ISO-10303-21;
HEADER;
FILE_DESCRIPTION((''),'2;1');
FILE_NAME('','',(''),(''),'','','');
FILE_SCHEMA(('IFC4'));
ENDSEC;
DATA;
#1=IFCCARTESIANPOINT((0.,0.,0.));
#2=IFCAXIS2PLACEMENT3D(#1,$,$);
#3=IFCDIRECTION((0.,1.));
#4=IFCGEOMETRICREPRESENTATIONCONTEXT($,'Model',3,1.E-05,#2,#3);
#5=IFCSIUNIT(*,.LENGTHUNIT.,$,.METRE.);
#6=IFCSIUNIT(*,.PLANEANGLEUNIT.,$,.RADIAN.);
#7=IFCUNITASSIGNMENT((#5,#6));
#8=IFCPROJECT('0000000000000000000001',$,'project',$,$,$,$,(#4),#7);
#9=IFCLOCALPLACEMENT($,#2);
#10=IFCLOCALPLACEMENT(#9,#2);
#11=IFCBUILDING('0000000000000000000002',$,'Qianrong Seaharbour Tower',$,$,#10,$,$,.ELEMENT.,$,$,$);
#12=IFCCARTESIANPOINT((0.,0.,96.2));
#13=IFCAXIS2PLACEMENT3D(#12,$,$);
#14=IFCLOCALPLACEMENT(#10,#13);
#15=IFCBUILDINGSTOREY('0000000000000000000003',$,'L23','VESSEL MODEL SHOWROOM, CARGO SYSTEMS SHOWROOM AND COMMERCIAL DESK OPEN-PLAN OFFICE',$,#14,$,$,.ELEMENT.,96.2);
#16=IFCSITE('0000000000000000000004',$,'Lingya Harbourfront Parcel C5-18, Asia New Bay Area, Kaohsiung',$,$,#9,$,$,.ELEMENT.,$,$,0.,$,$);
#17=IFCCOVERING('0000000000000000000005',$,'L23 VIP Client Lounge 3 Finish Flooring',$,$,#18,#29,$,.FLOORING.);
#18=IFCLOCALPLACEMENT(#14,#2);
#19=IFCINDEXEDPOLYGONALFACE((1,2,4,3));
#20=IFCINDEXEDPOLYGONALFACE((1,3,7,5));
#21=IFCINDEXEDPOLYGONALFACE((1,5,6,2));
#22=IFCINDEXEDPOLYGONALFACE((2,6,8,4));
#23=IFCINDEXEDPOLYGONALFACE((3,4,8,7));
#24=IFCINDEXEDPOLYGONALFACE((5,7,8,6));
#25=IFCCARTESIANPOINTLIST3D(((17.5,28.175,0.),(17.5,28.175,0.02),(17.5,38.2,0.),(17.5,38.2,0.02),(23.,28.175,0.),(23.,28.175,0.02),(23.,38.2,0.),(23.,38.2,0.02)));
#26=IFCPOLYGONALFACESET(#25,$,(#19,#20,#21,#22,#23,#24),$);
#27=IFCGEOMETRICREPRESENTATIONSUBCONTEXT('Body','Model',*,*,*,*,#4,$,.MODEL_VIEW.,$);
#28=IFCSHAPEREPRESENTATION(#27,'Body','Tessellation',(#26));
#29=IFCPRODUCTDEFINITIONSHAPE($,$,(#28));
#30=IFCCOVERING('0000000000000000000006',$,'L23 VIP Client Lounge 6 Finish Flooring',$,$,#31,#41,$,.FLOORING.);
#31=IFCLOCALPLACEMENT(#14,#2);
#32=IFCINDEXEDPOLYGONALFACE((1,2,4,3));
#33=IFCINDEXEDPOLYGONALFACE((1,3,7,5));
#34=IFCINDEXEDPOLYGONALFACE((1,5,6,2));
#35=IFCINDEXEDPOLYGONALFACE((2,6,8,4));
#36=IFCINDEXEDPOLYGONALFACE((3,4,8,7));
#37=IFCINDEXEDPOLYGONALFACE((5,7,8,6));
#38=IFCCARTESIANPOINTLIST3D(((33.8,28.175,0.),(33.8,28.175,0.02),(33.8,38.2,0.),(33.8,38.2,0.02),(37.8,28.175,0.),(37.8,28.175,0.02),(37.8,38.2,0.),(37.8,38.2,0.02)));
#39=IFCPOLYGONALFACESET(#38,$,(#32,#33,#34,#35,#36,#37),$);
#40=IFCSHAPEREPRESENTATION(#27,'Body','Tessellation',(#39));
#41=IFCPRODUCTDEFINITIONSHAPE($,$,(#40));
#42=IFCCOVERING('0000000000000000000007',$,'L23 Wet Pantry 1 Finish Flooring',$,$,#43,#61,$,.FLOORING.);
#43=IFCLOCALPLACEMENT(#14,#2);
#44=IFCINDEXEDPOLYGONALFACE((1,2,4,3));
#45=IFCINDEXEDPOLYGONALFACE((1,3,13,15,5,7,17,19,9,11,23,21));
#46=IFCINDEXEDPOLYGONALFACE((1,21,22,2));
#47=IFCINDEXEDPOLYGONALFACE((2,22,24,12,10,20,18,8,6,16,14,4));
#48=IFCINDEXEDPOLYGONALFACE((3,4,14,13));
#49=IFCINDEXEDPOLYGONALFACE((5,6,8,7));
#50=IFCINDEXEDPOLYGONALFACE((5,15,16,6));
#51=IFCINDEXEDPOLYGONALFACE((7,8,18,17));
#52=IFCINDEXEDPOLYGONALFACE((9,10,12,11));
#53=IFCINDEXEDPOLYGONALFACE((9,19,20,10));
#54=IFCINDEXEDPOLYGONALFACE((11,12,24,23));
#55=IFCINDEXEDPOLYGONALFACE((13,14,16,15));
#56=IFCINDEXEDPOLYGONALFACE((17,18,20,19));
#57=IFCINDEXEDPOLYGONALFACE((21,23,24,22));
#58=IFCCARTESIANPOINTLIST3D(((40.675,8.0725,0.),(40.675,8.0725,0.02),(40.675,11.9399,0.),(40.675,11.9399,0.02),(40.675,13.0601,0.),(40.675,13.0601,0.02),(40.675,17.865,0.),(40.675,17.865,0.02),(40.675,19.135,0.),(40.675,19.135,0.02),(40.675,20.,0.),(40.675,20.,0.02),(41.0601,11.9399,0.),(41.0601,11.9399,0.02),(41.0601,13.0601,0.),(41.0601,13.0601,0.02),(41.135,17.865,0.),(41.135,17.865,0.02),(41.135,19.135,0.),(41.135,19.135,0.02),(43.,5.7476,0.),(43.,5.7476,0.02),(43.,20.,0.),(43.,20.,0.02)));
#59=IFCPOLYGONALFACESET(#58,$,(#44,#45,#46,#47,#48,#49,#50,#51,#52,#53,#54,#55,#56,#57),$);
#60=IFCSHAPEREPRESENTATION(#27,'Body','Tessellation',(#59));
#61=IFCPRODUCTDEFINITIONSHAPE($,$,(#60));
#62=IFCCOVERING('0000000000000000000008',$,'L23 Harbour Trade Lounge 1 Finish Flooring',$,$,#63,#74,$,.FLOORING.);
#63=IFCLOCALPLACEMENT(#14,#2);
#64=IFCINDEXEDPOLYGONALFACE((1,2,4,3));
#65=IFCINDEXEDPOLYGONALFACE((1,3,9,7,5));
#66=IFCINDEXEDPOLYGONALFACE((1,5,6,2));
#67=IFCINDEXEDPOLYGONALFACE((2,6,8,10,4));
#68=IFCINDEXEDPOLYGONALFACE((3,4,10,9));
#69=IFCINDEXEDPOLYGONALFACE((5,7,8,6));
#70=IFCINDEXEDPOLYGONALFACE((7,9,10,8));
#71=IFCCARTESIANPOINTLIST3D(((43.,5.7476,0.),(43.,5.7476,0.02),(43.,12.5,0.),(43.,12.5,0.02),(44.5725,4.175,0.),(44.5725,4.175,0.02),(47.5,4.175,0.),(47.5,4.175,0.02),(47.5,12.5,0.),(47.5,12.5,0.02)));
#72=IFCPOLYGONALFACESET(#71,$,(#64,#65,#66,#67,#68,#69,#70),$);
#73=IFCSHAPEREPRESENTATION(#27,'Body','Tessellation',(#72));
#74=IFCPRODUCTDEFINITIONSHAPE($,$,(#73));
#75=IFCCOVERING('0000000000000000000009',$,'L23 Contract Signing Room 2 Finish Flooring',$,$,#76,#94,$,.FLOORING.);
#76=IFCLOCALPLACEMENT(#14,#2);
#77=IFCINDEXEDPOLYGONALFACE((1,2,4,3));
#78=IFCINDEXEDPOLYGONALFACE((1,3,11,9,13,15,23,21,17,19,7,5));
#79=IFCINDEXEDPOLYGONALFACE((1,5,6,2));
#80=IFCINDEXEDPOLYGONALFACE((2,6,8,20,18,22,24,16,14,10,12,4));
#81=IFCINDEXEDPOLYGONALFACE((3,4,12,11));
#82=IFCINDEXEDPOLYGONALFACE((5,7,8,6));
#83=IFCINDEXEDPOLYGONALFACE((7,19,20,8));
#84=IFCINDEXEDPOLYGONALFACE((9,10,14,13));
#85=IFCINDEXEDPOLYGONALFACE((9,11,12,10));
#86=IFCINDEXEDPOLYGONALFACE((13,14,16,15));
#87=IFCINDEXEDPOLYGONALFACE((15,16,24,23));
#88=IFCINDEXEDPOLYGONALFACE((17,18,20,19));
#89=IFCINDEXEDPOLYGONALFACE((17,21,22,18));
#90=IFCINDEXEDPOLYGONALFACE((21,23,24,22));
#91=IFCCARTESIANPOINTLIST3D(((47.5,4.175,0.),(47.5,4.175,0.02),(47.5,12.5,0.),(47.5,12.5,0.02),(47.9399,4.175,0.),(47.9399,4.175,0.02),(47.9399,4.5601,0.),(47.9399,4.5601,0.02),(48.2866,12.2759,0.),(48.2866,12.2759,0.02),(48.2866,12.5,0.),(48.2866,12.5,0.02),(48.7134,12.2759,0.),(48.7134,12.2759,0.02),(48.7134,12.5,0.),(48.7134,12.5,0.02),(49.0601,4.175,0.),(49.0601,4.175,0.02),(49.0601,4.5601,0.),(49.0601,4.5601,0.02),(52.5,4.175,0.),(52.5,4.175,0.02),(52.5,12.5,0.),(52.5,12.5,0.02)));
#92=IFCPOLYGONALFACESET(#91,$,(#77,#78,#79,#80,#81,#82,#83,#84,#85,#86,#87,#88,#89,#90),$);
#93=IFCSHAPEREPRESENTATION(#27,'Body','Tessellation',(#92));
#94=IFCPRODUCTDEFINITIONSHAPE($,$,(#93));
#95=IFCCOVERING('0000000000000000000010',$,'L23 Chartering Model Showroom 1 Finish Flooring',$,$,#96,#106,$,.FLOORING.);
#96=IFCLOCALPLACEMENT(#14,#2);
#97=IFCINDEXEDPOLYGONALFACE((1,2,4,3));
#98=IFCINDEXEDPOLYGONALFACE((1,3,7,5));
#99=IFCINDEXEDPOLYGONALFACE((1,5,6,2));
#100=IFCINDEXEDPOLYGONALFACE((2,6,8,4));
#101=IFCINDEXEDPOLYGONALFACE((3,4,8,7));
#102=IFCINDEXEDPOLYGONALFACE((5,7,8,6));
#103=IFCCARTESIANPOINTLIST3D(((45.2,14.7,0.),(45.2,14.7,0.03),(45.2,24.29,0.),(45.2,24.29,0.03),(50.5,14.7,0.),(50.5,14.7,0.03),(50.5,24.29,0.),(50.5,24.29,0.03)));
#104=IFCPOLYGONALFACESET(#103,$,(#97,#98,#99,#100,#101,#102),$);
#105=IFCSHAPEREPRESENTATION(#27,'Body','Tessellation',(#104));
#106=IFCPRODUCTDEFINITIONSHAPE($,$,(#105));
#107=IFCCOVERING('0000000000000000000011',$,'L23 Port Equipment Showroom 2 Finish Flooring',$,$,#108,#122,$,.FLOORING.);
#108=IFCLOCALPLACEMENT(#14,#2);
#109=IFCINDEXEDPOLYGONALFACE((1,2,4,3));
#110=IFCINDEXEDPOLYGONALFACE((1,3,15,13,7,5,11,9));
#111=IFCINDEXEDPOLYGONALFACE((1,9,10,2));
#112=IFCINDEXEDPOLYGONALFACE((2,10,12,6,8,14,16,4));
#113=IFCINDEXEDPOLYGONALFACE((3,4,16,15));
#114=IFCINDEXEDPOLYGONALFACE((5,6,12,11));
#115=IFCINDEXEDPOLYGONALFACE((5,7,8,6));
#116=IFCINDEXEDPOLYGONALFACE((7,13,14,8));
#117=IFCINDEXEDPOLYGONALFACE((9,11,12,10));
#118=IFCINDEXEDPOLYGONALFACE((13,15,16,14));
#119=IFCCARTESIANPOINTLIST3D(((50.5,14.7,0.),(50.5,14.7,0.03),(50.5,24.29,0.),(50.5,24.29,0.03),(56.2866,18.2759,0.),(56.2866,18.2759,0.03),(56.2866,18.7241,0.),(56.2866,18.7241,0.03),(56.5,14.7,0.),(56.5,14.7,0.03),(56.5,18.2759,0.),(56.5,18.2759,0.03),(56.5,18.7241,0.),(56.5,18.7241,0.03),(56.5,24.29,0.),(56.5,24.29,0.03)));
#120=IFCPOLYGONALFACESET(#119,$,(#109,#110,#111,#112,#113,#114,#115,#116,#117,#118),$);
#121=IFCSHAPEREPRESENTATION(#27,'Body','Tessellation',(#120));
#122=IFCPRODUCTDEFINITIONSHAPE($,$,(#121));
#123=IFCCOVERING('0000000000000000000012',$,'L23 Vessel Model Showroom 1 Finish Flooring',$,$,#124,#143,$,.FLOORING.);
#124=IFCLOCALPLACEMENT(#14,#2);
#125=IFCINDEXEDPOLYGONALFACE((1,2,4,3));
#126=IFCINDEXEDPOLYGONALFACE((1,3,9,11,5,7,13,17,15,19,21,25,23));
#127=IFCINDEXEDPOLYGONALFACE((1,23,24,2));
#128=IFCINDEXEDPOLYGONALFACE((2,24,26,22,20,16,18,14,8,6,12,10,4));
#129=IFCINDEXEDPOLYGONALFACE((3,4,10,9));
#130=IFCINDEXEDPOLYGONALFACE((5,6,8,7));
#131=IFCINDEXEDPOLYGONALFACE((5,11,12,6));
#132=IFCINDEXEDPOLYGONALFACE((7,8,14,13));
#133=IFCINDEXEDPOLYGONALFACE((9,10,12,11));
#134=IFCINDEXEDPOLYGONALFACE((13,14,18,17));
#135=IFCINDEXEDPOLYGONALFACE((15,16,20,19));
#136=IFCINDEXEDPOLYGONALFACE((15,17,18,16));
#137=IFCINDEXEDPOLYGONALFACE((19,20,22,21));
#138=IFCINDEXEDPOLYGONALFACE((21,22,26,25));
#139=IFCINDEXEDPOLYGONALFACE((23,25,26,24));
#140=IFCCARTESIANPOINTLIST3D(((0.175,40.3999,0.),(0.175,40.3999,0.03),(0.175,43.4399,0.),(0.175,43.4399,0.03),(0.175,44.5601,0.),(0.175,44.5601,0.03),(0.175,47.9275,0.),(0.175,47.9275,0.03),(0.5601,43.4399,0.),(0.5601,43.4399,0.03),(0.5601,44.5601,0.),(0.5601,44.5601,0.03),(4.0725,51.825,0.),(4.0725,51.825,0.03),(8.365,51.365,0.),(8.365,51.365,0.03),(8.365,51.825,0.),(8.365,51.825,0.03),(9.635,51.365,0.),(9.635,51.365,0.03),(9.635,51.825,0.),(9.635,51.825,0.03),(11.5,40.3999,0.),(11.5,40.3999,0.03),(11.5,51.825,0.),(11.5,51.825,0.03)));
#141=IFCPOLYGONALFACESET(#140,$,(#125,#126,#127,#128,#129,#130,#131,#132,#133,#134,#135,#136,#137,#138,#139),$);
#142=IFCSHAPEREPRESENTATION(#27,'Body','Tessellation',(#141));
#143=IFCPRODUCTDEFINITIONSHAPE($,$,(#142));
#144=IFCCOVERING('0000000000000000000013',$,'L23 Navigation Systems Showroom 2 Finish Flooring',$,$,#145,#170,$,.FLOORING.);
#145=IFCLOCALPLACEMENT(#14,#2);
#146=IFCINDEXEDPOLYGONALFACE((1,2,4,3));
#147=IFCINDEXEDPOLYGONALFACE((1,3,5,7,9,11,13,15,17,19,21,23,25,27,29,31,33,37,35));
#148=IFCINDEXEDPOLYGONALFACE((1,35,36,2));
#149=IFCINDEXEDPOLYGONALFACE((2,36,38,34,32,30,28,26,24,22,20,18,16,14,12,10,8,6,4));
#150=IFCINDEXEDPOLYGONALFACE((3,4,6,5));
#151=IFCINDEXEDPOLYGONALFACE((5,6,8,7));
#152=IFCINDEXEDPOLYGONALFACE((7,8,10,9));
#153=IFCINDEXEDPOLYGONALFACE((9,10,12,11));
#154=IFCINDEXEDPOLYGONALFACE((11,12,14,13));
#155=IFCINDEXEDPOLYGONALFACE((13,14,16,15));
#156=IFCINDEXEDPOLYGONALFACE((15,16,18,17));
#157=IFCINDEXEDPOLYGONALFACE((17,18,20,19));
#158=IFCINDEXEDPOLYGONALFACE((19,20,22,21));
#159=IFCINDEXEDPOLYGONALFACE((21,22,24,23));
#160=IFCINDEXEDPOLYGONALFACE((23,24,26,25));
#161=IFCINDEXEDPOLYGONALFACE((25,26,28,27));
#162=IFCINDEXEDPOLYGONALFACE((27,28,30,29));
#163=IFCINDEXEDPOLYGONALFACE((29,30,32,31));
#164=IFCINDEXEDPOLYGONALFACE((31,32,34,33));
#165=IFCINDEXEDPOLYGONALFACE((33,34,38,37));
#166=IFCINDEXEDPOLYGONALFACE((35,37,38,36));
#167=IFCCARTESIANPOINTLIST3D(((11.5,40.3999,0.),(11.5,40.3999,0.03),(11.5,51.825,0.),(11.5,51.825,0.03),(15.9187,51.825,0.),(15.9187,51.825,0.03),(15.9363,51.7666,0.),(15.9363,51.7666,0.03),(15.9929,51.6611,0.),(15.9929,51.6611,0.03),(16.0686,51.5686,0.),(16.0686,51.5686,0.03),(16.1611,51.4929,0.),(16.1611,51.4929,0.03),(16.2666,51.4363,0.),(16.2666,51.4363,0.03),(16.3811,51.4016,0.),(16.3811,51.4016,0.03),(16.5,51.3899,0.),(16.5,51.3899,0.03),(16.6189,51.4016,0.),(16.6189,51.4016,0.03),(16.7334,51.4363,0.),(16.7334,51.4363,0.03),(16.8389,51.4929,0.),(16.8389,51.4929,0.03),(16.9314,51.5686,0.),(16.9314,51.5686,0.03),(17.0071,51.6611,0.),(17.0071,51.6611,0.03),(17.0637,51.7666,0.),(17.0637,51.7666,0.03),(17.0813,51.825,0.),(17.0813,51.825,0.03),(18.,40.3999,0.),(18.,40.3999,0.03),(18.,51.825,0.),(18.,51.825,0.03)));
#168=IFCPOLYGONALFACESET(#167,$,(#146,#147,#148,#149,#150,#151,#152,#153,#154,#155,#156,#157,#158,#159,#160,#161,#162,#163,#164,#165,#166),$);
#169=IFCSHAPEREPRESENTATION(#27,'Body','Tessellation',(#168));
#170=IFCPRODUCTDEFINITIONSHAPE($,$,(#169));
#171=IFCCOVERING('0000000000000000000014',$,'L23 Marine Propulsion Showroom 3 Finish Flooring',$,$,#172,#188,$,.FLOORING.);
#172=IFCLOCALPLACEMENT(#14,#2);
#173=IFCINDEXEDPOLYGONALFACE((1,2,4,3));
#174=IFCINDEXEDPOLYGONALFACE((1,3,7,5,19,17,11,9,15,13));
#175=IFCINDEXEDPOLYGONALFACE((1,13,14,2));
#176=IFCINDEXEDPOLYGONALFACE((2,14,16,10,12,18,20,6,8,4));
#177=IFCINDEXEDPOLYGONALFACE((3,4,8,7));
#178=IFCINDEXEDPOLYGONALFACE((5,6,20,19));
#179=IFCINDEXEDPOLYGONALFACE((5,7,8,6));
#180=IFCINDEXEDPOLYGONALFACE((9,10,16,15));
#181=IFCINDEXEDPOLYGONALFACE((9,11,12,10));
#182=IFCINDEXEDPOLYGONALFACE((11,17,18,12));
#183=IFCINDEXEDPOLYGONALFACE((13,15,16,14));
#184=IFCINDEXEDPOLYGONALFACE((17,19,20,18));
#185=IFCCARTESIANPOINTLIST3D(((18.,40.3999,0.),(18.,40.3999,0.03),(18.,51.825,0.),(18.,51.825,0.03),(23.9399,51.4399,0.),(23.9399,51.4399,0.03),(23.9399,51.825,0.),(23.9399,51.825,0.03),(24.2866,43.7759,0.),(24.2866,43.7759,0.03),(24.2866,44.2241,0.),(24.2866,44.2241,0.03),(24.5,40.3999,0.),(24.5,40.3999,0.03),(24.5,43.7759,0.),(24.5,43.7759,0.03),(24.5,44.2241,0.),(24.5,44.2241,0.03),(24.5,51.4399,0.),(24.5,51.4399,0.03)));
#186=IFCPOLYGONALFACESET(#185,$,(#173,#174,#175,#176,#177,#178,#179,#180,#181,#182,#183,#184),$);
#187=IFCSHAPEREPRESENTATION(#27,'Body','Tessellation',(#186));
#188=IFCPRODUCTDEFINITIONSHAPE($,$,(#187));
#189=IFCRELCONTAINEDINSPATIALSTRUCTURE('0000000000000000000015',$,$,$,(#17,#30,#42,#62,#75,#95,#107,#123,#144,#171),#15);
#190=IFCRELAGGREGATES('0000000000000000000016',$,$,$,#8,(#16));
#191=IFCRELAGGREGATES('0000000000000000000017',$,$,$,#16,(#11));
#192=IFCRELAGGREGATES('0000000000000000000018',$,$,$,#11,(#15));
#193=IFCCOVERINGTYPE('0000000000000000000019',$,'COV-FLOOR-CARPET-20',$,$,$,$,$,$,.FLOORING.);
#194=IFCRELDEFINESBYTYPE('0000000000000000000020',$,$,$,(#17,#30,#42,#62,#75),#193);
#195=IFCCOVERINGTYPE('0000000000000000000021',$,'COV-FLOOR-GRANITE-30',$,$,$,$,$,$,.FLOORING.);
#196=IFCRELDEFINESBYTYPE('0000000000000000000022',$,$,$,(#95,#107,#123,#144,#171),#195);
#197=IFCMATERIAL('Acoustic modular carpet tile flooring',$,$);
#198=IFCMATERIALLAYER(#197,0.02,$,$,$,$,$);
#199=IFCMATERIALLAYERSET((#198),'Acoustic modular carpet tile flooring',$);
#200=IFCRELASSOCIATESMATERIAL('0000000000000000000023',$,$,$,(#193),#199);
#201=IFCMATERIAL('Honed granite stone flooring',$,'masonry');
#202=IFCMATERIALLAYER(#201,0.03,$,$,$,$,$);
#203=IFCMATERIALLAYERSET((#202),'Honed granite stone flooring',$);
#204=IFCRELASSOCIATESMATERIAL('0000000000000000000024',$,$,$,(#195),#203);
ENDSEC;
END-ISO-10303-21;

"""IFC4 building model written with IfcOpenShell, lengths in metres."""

from ifc_helpers import new_model, si_unit, direction, frame, origin, place, context, subcontext, project, spatial, polyline, outline, extrude, material, layer, layer_set, type_object, element, save


model = new_model("IFC4")

# Units and contexts
model_context = context("Model", 3, precision=1e-05, world=origin(), true_north=direction((0.0, 1.0)))
body_context = subcontext(model_context, "Body", "Model", "MODEL_VIEW")
ifc_project = project(units=[si_unit("LENGTHUNIT", "METRE"), si_unit("PLANEANGLEUNIT", "RADIAN")], contexts=[model_context])

# Site, building, storey
site_placement = place(None, origin())
site = spatial("IfcSite", under=ifc_project, at=site_placement, Name="Lingya Harbourfront Parcel C5-18, Asia New Bay Area, Kaohsiung", CompositionType="ELEMENT", RefElevation=0.0)
building_placement = place(site_placement, origin())
building = spatial("IfcBuilding", under=site, at=building_placement, Name="Qianrong Seaharbour Tower", CompositionType="ELEMENT")
storey_placement = place(building_placement, frame((0.0, 0.0, 96.2)))
storey = spatial("IfcBuildingStorey", under=building, at=storey_placement, Name="L23", Description="VESSEL MODEL SHOWROOM, CARGO SYSTEMS SHOWROOM AND COMMERCIAL DESK OPEN-PLAN OFFICE", CompositionType="ELEMENT", Elevation=96.2)

# Coverings
ifc_material_1 = material(Name="Acoustic modular carpet tile flooring")
ifc_layer_1 = layer(ifc_material_1, 0.02)
ifc_layer_set_1 = layer_set([ifc_layer_1], Name="Acoustic modular carpet tile flooring")
covering_type_1 = type_object("IfcCoveringType", Name="COV-FLOOR-CARPET-20", PredefinedType="FLOORING", material=ifc_layer_set_1)
covering_1_placement = place(storey_placement, origin())
element("IfcCovering", 1, at=covering_1_placement, inside=storey, type_object=covering_type_1, Name="L23 VIP Client Lounge 3 Finish Flooring", PredefinedType="FLOORING", context=body_context, shape_type="SweptSolid", body=[
    extrude(outline(polyline([(23.0, 28.175), (17.5, 28.175), (17.5, 38.2), (23.0, 38.2), (23.0, 28.175)])), origin(), (0.0, 0.0, 1.0), 0.02),
])
covering_2_placement = place(storey_placement, origin())
element("IfcCovering", 2, at=covering_2_placement, inside=storey, type_object=covering_type_1, Name="L23 VIP Client Lounge 6 Finish Flooring", PredefinedType="FLOORING", context=body_context, shape_type="SweptSolid", body=[
    extrude(outline(polyline([(37.8, 28.175), (33.8, 28.175), (33.8, 38.2), (37.8, 38.2), (37.8, 28.175)])), origin(), (0.0, 0.0, 1.0), 0.02),
])
covering_3_placement = place(storey_placement, origin())
element("IfcCovering", 3, at=covering_3_placement, inside=storey, type_object=covering_type_1, Name="L23 Wet Pantry 1 Finish Flooring", PredefinedType="FLOORING", context=body_context, shape_type="SweptSolid", body=[
    extrude(outline(polyline([(40.675, 8.0725), (40.675, 11.9399), (41.0601, 11.9399), (41.0601, 13.0601), (40.675, 13.0601), (40.675, 17.865), (41.135, 17.865), (41.135, 19.135), (40.675, 19.135), (40.675, 20.0), (43.0, 20.0), (43.0, 5.7476), (40.675, 8.0725)])), origin(), (0.0, 0.0, 1.0), 0.02),
])
covering_4_placement = place(storey_placement, origin())
element("IfcCovering", 4, at=covering_4_placement, inside=storey, type_object=covering_type_1, Name="L23 Harbour Trade Lounge 1 Finish Flooring", PredefinedType="FLOORING", context=body_context, shape_type="SweptSolid", body=[
    extrude(outline(polyline([(47.5, 4.175), (44.5725, 4.175), (43.0, 5.7476), (43.0, 12.5), (47.5, 12.5), (47.5, 4.175)])), origin(), (0.0, 0.0, 1.0), 0.02),
])
covering_5_placement = place(storey_placement, origin())
element("IfcCovering", 5, at=covering_5_placement, inside=storey, type_object=covering_type_1, Name="L23 Contract Signing Room 2 Finish Flooring", PredefinedType="FLOORING", context=body_context, shape_type="SweptSolid", body=[
    extrude(outline(polyline([(52.5, 4.175), (49.0601, 4.175), (49.0601, 4.5601), (47.9399, 4.5601), (47.9399, 4.175), (47.5, 4.175), (47.5, 12.5), (48.2866, 12.5), (48.2866, 12.2759), (48.7134, 12.2759), (48.7134, 12.5), (52.5, 12.5), (52.5, 4.175)])), origin(), (0.0, 0.0, 1.0), 0.02),
])
ifc_material_2 = material(Name="Honed granite stone flooring", Category="masonry")
ifc_layer_2 = layer(ifc_material_2, 0.03)
ifc_layer_set_2 = layer_set([ifc_layer_2], Name="Honed granite stone flooring")
covering_type_2 = type_object("IfcCoveringType", Name="COV-FLOOR-GRANITE-30", PredefinedType="FLOORING", material=ifc_layer_set_2)
covering_6_placement = place(storey_placement, origin())
element("IfcCovering", 6, at=covering_6_placement, inside=storey, type_object=covering_type_2, Name="L23 Chartering Model Showroom 1 Finish Flooring", PredefinedType="FLOORING", context=body_context, shape_type="SweptSolid", body=[
    extrude(outline(polyline([(50.5, 24.29), (50.5, 14.7), (45.2, 14.7), (45.2, 24.29), (50.5, 24.29)])), origin(), (0.0, 0.0, 1.0), 0.03),
])
covering_7_placement = place(storey_placement, origin())
element("IfcCovering", 7, at=covering_7_placement, inside=storey, type_object=covering_type_2, Name="L23 Port Equipment Showroom 2 Finish Flooring", PredefinedType="FLOORING", context=body_context, shape_type="SweptSolid", body=[
    extrude(outline(polyline([(56.5, 24.29), (56.5, 18.7241), (56.2866, 18.7241), (56.2866, 18.2759), (56.5, 18.2759), (56.5, 14.7), (50.5, 14.7), (50.5, 24.29), (56.5, 24.29)])), origin(), (0.0, 0.0, 1.0), 0.03),
])
covering_8_placement = place(storey_placement, origin())
element("IfcCovering", 8, at=covering_8_placement, inside=storey, type_object=covering_type_2, Name="L23 Vessel Model Showroom 1 Finish Flooring", PredefinedType="FLOORING", context=body_context, shape_type="SweptSolid", body=[
    extrude(outline(polyline([(0.175, 43.4399), (0.5601, 43.4399), (0.5601, 44.5601), (0.175, 44.5601), (0.175, 47.9275), (4.0725, 51.825), (8.365, 51.825), (8.365, 51.365), (9.635, 51.365), (9.635, 51.825), (11.5, 51.825), (11.5, 40.3999), (0.175, 40.3999), (0.175, 43.4399)])), origin(), (0.0, 0.0, 1.0), 0.03),
])
covering_9_placement = place(storey_placement, origin())
element("IfcCovering", 9, at=covering_9_placement, inside=storey, type_object=covering_type_2, Name="L23 Navigation Systems Showroom 2 Finish Flooring", PredefinedType="FLOORING", context=body_context, shape_type="SweptSolid", body=[
    extrude(outline(polyline([(11.5, 51.825), (15.9187, 51.825), (15.9363, 51.7666), (15.9929, 51.6611), (16.0686, 51.5686), (16.1611, 51.4929), (16.2666, 51.4363), (16.3811, 51.4016), (16.5, 51.3899), (16.6189, 51.4016), (16.7334, 51.4363), (16.8389, 51.4929), (16.9314, 51.5686), (17.0071, 51.6611), (17.0637, 51.7666), (17.0813, 51.825), (18.0, 51.825), (18.0, 40.3999), (11.5, 40.3999), (11.5, 51.825)])), origin(), (0.0, 0.0, 1.0), 0.03),
])
covering_10_placement = place(storey_placement, origin())
element("IfcCovering", 10, at=covering_10_placement, inside=storey, type_object=covering_type_2, Name="L23 Marine Propulsion Showroom 3 Finish Flooring", PredefinedType="FLOORING", context=body_context, shape_type="SweptSolid", body=[
    extrude(outline(polyline([(18.0, 51.825), (23.9399, 51.825), (23.9399, 51.4399), (24.5, 51.4399), (24.5, 44.2241), (24.2866, 44.2241), (24.2866, 43.7759), (24.5, 43.7759), (24.5, 40.3999), (18.0, 40.3999), (18.0, 51.825)])), origin(), (0.0, 0.0, 1.0), 0.03),
])

save(model, "model.ifc")
